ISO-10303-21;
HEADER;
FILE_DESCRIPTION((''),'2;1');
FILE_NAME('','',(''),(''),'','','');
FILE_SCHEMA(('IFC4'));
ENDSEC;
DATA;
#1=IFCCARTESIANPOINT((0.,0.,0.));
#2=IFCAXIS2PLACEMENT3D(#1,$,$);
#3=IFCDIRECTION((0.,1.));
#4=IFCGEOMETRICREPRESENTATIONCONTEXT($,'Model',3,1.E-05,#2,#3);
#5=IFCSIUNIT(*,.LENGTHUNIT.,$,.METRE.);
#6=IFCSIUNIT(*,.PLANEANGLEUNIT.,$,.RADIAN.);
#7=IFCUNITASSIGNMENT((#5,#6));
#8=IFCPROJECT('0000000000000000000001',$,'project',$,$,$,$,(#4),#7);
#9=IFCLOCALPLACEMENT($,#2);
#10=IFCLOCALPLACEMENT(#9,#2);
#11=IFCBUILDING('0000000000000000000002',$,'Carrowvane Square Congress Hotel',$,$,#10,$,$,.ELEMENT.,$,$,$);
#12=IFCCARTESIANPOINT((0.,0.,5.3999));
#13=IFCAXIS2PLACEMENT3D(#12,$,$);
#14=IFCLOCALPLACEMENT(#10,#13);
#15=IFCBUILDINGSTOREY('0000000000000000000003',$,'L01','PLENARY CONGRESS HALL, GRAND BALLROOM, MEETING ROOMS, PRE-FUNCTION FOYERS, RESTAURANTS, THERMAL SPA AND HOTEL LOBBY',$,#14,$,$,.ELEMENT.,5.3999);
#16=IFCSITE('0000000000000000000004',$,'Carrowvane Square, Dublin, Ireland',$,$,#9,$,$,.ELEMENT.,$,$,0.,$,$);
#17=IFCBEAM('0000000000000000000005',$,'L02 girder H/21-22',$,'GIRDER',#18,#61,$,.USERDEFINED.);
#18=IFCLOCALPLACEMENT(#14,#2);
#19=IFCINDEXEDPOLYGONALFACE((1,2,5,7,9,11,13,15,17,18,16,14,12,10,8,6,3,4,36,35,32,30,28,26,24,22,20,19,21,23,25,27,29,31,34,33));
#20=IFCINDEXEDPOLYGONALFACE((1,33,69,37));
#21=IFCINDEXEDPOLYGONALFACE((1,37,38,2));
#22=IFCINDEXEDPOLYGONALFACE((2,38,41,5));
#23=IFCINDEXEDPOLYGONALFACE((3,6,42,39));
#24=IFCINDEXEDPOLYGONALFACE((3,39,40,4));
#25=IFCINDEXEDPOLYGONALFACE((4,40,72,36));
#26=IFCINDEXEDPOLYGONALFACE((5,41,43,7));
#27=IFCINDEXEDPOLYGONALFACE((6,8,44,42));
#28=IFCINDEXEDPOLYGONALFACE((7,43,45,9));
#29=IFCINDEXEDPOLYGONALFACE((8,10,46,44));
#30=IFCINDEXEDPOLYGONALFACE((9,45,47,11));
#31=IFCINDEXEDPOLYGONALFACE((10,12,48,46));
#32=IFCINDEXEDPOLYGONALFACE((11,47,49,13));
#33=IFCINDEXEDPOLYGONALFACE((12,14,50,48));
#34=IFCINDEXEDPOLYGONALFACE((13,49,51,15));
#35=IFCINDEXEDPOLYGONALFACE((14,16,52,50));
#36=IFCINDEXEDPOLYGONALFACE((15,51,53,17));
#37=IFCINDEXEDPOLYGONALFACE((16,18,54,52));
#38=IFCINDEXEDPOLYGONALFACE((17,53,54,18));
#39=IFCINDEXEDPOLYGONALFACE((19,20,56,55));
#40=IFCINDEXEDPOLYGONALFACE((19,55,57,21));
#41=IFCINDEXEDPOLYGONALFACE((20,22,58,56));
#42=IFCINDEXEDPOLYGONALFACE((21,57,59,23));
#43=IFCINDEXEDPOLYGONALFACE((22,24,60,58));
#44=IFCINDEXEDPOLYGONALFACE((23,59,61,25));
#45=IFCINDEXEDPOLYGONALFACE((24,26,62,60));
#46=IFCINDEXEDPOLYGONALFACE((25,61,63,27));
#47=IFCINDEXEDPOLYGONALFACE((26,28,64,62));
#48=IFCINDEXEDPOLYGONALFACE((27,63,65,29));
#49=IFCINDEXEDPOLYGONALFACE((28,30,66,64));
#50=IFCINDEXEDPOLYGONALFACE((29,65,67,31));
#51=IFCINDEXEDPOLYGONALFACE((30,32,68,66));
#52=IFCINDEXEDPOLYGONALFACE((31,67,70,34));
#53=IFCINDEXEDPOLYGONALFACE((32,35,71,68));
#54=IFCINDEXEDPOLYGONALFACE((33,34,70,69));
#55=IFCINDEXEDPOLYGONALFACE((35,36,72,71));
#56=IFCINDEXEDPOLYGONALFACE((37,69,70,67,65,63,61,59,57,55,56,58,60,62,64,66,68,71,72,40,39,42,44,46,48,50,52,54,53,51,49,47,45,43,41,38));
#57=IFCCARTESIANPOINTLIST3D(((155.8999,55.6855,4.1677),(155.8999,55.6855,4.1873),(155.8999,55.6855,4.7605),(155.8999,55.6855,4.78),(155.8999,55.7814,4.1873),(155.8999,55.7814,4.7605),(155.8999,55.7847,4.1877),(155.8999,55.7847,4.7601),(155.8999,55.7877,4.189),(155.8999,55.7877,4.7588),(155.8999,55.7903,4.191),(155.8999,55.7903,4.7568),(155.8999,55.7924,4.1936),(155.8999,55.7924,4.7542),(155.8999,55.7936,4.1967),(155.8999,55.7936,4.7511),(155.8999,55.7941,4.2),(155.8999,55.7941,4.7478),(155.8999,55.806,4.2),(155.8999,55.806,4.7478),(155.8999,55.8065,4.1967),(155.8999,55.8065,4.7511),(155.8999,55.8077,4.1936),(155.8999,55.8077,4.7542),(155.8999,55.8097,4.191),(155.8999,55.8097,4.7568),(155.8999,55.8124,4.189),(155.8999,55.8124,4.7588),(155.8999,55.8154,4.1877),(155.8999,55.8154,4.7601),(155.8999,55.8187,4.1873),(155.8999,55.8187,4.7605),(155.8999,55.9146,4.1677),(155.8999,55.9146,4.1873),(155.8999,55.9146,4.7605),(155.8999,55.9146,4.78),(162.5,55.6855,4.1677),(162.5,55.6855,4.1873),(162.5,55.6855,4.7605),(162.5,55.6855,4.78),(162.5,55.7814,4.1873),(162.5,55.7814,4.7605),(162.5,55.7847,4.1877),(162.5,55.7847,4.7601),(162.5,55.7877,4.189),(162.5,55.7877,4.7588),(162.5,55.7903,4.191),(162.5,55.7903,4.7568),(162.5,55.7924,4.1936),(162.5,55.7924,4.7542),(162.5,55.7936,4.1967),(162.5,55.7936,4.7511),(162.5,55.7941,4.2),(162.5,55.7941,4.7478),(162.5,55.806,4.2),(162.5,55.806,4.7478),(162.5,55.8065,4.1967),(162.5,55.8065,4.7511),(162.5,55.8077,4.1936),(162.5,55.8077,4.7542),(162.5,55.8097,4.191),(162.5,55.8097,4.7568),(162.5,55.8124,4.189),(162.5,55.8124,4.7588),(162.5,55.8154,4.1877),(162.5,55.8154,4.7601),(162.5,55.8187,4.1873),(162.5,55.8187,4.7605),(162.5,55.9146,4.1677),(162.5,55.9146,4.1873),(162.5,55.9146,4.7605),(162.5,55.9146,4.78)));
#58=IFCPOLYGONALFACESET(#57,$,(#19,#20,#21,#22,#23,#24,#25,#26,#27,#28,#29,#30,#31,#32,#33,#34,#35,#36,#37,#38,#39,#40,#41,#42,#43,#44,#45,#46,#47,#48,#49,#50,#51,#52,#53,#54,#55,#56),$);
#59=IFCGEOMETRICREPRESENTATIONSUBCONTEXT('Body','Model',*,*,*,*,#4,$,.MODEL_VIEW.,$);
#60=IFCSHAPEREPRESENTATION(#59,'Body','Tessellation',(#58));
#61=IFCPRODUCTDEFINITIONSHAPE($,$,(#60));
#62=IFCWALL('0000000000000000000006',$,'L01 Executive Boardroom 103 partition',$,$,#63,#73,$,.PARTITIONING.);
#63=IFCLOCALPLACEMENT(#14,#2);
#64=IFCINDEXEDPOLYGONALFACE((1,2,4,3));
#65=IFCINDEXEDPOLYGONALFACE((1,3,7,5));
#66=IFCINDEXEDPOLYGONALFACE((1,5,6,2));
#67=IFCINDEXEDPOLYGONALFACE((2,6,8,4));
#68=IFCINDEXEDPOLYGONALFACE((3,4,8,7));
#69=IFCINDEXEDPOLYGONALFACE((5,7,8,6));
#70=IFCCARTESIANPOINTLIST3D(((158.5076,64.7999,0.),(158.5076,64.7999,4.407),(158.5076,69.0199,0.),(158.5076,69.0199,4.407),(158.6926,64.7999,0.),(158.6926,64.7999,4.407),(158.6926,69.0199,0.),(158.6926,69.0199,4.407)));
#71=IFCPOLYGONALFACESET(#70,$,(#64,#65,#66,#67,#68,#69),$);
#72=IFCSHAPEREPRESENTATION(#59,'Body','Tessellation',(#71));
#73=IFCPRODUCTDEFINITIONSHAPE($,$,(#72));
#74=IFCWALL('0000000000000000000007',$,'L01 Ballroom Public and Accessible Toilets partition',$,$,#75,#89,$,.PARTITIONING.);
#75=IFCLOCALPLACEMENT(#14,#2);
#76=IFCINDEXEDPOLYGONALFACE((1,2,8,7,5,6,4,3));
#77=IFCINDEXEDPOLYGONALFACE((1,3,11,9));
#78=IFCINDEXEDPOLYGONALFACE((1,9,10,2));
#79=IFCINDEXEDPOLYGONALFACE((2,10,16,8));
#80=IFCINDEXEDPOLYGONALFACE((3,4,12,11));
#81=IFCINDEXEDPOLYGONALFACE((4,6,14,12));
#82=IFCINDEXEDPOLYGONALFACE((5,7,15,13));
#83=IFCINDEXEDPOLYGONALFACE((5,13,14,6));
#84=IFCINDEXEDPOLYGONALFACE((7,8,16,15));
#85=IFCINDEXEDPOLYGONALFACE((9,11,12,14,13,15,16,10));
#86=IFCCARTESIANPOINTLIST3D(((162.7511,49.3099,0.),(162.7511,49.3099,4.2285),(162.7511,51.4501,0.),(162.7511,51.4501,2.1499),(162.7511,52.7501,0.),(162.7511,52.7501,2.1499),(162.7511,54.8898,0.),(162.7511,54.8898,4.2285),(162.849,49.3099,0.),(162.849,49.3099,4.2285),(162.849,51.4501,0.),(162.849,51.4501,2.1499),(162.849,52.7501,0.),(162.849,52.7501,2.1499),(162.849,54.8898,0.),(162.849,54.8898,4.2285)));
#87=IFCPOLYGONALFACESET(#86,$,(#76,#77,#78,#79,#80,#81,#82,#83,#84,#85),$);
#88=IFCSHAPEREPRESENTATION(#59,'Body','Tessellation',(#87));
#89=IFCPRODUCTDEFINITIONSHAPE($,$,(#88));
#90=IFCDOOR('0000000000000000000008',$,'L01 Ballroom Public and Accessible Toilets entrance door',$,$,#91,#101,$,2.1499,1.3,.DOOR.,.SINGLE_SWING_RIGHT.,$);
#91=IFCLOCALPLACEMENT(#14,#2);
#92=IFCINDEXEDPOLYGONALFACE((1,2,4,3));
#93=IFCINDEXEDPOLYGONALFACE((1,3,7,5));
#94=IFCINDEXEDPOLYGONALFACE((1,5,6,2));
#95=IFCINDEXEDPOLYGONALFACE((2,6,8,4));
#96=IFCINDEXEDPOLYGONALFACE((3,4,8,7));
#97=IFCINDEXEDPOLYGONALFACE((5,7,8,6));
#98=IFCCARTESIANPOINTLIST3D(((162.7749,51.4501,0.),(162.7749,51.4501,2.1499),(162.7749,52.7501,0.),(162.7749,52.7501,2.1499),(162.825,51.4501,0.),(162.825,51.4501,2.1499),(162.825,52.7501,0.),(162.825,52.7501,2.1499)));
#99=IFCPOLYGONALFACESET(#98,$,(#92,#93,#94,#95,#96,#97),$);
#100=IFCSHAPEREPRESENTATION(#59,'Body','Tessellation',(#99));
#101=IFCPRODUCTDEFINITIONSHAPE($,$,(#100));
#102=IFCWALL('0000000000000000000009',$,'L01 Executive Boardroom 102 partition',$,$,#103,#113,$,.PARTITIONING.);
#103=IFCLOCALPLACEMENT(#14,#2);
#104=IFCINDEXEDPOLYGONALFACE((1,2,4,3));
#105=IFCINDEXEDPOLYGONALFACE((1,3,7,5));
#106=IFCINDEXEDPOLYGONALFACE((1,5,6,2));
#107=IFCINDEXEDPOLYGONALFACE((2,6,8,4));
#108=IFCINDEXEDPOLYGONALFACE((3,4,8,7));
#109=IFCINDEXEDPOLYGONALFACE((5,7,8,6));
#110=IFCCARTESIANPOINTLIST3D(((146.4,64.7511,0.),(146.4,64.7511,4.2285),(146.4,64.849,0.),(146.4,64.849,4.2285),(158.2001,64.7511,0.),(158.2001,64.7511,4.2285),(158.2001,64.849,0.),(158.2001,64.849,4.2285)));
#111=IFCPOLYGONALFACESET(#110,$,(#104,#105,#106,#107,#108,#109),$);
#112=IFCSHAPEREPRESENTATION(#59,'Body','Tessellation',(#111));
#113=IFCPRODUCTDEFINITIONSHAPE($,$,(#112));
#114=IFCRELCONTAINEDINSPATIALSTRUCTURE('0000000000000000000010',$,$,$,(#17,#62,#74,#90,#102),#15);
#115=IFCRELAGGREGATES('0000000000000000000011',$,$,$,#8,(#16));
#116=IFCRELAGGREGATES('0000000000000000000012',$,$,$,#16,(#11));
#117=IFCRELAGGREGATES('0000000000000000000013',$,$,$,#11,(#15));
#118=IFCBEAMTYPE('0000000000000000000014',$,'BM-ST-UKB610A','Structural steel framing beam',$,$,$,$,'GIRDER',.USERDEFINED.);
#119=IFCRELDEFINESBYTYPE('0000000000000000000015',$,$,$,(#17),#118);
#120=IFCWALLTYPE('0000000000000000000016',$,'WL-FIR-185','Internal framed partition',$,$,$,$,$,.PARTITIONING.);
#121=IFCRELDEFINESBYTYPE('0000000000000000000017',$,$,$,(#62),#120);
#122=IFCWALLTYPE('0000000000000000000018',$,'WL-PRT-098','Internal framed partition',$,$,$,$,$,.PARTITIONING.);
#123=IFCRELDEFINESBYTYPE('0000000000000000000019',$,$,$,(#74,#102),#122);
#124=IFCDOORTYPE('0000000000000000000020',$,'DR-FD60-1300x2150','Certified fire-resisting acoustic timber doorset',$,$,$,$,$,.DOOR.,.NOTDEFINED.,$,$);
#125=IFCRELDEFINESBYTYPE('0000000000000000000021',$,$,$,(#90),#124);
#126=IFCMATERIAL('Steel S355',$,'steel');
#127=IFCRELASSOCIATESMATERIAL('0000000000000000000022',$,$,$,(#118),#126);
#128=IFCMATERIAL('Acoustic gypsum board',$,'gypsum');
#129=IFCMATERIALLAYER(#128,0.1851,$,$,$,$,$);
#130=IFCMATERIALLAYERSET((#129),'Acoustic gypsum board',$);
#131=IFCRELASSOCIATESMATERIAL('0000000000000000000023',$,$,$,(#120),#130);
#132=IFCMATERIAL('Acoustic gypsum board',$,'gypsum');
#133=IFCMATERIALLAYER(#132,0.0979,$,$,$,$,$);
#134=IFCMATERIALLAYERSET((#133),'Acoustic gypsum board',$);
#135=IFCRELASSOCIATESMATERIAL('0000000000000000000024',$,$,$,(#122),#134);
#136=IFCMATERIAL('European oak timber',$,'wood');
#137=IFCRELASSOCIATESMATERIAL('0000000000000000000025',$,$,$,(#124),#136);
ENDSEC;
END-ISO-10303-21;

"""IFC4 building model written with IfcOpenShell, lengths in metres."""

from ifc_helpers import new_model, si_unit, direction, frame, frame_2d, origin, origin_2d, place, context, subcontext, project, spatial, rectangle, i_section, extrude, material, layer, layer_set, material_profile, profile_set, type_object, element, fill, save


model = new_model("IFC4")

# Units and contexts
model_context = context("Model", 3, precision=1e-05, world=origin(), true_north=direction((0.0, 1.0)))
body_context = subcontext(model_context, "Body", "Model", "MODEL_VIEW")
ifc_project = project(units=[si_unit("LENGTHUNIT", "METRE"), si_unit("PLANEANGLEUNIT", "RADIAN")], contexts=[model_context])

# Site, building, storey
site_placement = place(None, origin())
site = spatial("IfcSite", under=ifc_project, at=site_placement, Name="Carrowvane Square, Dublin, Ireland", CompositionType="ELEMENT", RefElevation=0.0)
building_placement = place(site_placement, origin())
building = spatial("IfcBuilding", under=site, at=building_placement, Name="Carrowvane Square Congress Hotel", CompositionType="ELEMENT")
storey_placement = place(building_placement, frame((0.0, 0.0, 5.3999)))
storey = spatial("IfcBuildingStorey", under=building, at=storey_placement, Name="L01", Description="PLENARY CONGRESS HALL, GRAND BALLROOM, MEETING ROOMS, PRE-FUNCTION FOYERS, RESTAURANTS, THERMAL SPA AND HOTEL LOBBY", CompositionType="ELEMENT", Elevation=5.3999)

# Beam
ifc_material_1 = material(Name="Steel S355", Category="steel")
ifc_material_profile_1 = material_profile(ifc_material_1, i_section(OverallWidth=0.229, OverallDepth=0.6123, WebThickness=0.012, FlangeThickness=0.0195, FilletRadius=0.0127, at=origin_2d()), Name="UKB 610x229x125")
ifc_profile_set_1 = profile_set([ifc_material_profile_1], Name="Steel S355")
beam_type_1 = type_object("IfcBeamType", Name="BM-ST-UKB610A", Description="Structural steel framing beam", ElementType="GIRDER", PredefinedType="USERDEFINED", material=ifc_profile_set_1)
for number, where, z_axis, x_axis, name in (
    (1, (155.8999, 55.8, 4.4739), (1.0, 0.0, 0.0), (0.0, 1.0, 0.0), "L02 girder H/21-22"),
):
    element("IfcBeam", number, at=place(storey_placement, frame(where, z_axis=z_axis, x_axis=x_axis)), inside=storey, type_object=beam_type_1, Name=name, ObjectType="GIRDER", PredefinedType="USERDEFINED", context=body_context, shape_type="SweptSolid", body=[
        extrude(i_section(OverallWidth=0.229, OverallDepth=0.6123, WebThickness=0.012, FlangeThickness=0.0195, FilletRadius=0.0127, at=origin_2d()), origin(), (0.0, 0.0, 1.0), 6.6001),
    ])

# Wall
ifc_material_2 = material(Name="Acoustic gypsum board", Category="gypsum")
ifc_layer_1 = layer(ifc_material_2, 0.1851)
ifc_layer_set_1 = layer_set([ifc_layer_1], Name="Acoustic gypsum board")
wall_type_1 = type_object("IfcWallType", Name="WL-FIR-185", Description="Internal framed partition", PredefinedType="PARTITIONING", material=ifc_layer_set_1)
wall_1_placement = place(storey_placement, frame((158.6001, 64.8, 0.0), z_axis=(0.0, 0.0, 1.0), x_axis=(0.0, 1.0, 0.0)))
element("IfcWall", 2, at=wall_1_placement, inside=storey, type_object=wall_type_1, Name="L01 Executive Boardroom 103 partition", PredefinedType="PARTITIONING", context=body_context, shape_type="SweptSolid", body=[
    extrude(rectangle(XDim=4.22, YDim=0.1851, at=frame_2d((2.1099, 0.0))), origin(), (0.0, 0.0, 1.0), 4.407),
])

# Wall, opening, door
ifc_material_3 = material(Name="Acoustic gypsum board", Category="gypsum")
ifc_layer_2 = layer(ifc_material_3, 0.0979)
ifc_layer_set_2 = layer_set([ifc_layer_2], Name="Acoustic gypsum board")
wall_type_2 = type_object("IfcWallType", Name="WL-PRT-098", Description="Internal framed partition", PredefinedType="PARTITIONING", material=ifc_layer_set_2)
wall_2_placement = place(storey_placement, frame((162.8, 54.8899, 0.0), z_axis=(0.0, 0.0, 1.0), x_axis=(0.0, -1.0, 0.0)))
wall_2 = element("IfcWall", 3, at=wall_2_placement, inside=storey, type_object=wall_type_2, Name="L01 Ballroom Public and Accessible Toilets partition", PredefinedType="PARTITIONING", context=body_context, shape_type="SweptSolid", body=[
    extrude(rectangle(XDim=5.5798, YDim=0.0979, at=frame_2d((2.79, 0.0))), origin(), (0.0, 0.0, 1.0), 4.2285),
])
opening_placement = place(wall_2_placement, frame((2.1399, 0.0, 0.0)))
opening = element("IfcOpeningElement", 4, at=opening_placement, cuts=wall_2, PredefinedType="OPENING", context=body_context, shape_type="SweptSolid", body=[
    extrude(rectangle(XDim=1.3, YDim=2.1499, at=frame_2d((0.6499, 1.075))), frame((0.0, 0.0588, 0.0), z_axis=(0.0, -1.0, 0.0), x_axis=(1.0, 0.0, 0.0)), (0.0, 0.0, 1.0), 0.1179),
])
ifc_material_4 = material(Name="European oak timber", Category="wood")
door_type = type_object("IfcDoorType", Name="DR-FD60-1300x2150", Description="Certified fire-resisting acoustic timber doorset", OperationType="NOTDEFINED", PredefinedType="DOOR", material=ifc_material_4)
door_placement = place(opening_placement, origin())
door = element("IfcDoor", 5, at=door_placement, inside=storey, type_object=door_type, Name="L01 Ballroom Public and Accessible Toilets entrance door", OperationType="SINGLE_SWING_RIGHT", OverallHeight=2.1499, OverallWidth=1.3, PredefinedType="DOOR", context=body_context, shape_type="SweptSolid", body=[
    extrude(rectangle(XDim=1.3, YDim=2.1499, at=frame_2d((0.6499, 1.075))), frame((0.0, 0.0249, 0.0), z_axis=(0.0, -1.0, 0.0), x_axis=(1.0, 0.0, 0.0)), (0.0, 0.0, 1.0), 0.05),
])
fill(opening, door)

# Wall
wall_3_placement = place(storey_placement, frame((158.2, 64.8, 0.0), z_axis=(0.0, 0.0, 1.0), x_axis=(-1.0, 0.0, 0.0)))
element("IfcWall", 6, at=wall_3_placement, inside=storey, type_object=wall_type_2, Name="L01 Executive Boardroom 102 partition", PredefinedType="PARTITIONING", context=body_context, shape_type="SweptSolid", body=[
    extrude(rectangle(XDim=11.8, YDim=0.0979, at=frame_2d((5.8999, 0.0))), origin(), (0.0, 0.0, 1.0), 4.2285),
])

save(model, "model.ifc")
